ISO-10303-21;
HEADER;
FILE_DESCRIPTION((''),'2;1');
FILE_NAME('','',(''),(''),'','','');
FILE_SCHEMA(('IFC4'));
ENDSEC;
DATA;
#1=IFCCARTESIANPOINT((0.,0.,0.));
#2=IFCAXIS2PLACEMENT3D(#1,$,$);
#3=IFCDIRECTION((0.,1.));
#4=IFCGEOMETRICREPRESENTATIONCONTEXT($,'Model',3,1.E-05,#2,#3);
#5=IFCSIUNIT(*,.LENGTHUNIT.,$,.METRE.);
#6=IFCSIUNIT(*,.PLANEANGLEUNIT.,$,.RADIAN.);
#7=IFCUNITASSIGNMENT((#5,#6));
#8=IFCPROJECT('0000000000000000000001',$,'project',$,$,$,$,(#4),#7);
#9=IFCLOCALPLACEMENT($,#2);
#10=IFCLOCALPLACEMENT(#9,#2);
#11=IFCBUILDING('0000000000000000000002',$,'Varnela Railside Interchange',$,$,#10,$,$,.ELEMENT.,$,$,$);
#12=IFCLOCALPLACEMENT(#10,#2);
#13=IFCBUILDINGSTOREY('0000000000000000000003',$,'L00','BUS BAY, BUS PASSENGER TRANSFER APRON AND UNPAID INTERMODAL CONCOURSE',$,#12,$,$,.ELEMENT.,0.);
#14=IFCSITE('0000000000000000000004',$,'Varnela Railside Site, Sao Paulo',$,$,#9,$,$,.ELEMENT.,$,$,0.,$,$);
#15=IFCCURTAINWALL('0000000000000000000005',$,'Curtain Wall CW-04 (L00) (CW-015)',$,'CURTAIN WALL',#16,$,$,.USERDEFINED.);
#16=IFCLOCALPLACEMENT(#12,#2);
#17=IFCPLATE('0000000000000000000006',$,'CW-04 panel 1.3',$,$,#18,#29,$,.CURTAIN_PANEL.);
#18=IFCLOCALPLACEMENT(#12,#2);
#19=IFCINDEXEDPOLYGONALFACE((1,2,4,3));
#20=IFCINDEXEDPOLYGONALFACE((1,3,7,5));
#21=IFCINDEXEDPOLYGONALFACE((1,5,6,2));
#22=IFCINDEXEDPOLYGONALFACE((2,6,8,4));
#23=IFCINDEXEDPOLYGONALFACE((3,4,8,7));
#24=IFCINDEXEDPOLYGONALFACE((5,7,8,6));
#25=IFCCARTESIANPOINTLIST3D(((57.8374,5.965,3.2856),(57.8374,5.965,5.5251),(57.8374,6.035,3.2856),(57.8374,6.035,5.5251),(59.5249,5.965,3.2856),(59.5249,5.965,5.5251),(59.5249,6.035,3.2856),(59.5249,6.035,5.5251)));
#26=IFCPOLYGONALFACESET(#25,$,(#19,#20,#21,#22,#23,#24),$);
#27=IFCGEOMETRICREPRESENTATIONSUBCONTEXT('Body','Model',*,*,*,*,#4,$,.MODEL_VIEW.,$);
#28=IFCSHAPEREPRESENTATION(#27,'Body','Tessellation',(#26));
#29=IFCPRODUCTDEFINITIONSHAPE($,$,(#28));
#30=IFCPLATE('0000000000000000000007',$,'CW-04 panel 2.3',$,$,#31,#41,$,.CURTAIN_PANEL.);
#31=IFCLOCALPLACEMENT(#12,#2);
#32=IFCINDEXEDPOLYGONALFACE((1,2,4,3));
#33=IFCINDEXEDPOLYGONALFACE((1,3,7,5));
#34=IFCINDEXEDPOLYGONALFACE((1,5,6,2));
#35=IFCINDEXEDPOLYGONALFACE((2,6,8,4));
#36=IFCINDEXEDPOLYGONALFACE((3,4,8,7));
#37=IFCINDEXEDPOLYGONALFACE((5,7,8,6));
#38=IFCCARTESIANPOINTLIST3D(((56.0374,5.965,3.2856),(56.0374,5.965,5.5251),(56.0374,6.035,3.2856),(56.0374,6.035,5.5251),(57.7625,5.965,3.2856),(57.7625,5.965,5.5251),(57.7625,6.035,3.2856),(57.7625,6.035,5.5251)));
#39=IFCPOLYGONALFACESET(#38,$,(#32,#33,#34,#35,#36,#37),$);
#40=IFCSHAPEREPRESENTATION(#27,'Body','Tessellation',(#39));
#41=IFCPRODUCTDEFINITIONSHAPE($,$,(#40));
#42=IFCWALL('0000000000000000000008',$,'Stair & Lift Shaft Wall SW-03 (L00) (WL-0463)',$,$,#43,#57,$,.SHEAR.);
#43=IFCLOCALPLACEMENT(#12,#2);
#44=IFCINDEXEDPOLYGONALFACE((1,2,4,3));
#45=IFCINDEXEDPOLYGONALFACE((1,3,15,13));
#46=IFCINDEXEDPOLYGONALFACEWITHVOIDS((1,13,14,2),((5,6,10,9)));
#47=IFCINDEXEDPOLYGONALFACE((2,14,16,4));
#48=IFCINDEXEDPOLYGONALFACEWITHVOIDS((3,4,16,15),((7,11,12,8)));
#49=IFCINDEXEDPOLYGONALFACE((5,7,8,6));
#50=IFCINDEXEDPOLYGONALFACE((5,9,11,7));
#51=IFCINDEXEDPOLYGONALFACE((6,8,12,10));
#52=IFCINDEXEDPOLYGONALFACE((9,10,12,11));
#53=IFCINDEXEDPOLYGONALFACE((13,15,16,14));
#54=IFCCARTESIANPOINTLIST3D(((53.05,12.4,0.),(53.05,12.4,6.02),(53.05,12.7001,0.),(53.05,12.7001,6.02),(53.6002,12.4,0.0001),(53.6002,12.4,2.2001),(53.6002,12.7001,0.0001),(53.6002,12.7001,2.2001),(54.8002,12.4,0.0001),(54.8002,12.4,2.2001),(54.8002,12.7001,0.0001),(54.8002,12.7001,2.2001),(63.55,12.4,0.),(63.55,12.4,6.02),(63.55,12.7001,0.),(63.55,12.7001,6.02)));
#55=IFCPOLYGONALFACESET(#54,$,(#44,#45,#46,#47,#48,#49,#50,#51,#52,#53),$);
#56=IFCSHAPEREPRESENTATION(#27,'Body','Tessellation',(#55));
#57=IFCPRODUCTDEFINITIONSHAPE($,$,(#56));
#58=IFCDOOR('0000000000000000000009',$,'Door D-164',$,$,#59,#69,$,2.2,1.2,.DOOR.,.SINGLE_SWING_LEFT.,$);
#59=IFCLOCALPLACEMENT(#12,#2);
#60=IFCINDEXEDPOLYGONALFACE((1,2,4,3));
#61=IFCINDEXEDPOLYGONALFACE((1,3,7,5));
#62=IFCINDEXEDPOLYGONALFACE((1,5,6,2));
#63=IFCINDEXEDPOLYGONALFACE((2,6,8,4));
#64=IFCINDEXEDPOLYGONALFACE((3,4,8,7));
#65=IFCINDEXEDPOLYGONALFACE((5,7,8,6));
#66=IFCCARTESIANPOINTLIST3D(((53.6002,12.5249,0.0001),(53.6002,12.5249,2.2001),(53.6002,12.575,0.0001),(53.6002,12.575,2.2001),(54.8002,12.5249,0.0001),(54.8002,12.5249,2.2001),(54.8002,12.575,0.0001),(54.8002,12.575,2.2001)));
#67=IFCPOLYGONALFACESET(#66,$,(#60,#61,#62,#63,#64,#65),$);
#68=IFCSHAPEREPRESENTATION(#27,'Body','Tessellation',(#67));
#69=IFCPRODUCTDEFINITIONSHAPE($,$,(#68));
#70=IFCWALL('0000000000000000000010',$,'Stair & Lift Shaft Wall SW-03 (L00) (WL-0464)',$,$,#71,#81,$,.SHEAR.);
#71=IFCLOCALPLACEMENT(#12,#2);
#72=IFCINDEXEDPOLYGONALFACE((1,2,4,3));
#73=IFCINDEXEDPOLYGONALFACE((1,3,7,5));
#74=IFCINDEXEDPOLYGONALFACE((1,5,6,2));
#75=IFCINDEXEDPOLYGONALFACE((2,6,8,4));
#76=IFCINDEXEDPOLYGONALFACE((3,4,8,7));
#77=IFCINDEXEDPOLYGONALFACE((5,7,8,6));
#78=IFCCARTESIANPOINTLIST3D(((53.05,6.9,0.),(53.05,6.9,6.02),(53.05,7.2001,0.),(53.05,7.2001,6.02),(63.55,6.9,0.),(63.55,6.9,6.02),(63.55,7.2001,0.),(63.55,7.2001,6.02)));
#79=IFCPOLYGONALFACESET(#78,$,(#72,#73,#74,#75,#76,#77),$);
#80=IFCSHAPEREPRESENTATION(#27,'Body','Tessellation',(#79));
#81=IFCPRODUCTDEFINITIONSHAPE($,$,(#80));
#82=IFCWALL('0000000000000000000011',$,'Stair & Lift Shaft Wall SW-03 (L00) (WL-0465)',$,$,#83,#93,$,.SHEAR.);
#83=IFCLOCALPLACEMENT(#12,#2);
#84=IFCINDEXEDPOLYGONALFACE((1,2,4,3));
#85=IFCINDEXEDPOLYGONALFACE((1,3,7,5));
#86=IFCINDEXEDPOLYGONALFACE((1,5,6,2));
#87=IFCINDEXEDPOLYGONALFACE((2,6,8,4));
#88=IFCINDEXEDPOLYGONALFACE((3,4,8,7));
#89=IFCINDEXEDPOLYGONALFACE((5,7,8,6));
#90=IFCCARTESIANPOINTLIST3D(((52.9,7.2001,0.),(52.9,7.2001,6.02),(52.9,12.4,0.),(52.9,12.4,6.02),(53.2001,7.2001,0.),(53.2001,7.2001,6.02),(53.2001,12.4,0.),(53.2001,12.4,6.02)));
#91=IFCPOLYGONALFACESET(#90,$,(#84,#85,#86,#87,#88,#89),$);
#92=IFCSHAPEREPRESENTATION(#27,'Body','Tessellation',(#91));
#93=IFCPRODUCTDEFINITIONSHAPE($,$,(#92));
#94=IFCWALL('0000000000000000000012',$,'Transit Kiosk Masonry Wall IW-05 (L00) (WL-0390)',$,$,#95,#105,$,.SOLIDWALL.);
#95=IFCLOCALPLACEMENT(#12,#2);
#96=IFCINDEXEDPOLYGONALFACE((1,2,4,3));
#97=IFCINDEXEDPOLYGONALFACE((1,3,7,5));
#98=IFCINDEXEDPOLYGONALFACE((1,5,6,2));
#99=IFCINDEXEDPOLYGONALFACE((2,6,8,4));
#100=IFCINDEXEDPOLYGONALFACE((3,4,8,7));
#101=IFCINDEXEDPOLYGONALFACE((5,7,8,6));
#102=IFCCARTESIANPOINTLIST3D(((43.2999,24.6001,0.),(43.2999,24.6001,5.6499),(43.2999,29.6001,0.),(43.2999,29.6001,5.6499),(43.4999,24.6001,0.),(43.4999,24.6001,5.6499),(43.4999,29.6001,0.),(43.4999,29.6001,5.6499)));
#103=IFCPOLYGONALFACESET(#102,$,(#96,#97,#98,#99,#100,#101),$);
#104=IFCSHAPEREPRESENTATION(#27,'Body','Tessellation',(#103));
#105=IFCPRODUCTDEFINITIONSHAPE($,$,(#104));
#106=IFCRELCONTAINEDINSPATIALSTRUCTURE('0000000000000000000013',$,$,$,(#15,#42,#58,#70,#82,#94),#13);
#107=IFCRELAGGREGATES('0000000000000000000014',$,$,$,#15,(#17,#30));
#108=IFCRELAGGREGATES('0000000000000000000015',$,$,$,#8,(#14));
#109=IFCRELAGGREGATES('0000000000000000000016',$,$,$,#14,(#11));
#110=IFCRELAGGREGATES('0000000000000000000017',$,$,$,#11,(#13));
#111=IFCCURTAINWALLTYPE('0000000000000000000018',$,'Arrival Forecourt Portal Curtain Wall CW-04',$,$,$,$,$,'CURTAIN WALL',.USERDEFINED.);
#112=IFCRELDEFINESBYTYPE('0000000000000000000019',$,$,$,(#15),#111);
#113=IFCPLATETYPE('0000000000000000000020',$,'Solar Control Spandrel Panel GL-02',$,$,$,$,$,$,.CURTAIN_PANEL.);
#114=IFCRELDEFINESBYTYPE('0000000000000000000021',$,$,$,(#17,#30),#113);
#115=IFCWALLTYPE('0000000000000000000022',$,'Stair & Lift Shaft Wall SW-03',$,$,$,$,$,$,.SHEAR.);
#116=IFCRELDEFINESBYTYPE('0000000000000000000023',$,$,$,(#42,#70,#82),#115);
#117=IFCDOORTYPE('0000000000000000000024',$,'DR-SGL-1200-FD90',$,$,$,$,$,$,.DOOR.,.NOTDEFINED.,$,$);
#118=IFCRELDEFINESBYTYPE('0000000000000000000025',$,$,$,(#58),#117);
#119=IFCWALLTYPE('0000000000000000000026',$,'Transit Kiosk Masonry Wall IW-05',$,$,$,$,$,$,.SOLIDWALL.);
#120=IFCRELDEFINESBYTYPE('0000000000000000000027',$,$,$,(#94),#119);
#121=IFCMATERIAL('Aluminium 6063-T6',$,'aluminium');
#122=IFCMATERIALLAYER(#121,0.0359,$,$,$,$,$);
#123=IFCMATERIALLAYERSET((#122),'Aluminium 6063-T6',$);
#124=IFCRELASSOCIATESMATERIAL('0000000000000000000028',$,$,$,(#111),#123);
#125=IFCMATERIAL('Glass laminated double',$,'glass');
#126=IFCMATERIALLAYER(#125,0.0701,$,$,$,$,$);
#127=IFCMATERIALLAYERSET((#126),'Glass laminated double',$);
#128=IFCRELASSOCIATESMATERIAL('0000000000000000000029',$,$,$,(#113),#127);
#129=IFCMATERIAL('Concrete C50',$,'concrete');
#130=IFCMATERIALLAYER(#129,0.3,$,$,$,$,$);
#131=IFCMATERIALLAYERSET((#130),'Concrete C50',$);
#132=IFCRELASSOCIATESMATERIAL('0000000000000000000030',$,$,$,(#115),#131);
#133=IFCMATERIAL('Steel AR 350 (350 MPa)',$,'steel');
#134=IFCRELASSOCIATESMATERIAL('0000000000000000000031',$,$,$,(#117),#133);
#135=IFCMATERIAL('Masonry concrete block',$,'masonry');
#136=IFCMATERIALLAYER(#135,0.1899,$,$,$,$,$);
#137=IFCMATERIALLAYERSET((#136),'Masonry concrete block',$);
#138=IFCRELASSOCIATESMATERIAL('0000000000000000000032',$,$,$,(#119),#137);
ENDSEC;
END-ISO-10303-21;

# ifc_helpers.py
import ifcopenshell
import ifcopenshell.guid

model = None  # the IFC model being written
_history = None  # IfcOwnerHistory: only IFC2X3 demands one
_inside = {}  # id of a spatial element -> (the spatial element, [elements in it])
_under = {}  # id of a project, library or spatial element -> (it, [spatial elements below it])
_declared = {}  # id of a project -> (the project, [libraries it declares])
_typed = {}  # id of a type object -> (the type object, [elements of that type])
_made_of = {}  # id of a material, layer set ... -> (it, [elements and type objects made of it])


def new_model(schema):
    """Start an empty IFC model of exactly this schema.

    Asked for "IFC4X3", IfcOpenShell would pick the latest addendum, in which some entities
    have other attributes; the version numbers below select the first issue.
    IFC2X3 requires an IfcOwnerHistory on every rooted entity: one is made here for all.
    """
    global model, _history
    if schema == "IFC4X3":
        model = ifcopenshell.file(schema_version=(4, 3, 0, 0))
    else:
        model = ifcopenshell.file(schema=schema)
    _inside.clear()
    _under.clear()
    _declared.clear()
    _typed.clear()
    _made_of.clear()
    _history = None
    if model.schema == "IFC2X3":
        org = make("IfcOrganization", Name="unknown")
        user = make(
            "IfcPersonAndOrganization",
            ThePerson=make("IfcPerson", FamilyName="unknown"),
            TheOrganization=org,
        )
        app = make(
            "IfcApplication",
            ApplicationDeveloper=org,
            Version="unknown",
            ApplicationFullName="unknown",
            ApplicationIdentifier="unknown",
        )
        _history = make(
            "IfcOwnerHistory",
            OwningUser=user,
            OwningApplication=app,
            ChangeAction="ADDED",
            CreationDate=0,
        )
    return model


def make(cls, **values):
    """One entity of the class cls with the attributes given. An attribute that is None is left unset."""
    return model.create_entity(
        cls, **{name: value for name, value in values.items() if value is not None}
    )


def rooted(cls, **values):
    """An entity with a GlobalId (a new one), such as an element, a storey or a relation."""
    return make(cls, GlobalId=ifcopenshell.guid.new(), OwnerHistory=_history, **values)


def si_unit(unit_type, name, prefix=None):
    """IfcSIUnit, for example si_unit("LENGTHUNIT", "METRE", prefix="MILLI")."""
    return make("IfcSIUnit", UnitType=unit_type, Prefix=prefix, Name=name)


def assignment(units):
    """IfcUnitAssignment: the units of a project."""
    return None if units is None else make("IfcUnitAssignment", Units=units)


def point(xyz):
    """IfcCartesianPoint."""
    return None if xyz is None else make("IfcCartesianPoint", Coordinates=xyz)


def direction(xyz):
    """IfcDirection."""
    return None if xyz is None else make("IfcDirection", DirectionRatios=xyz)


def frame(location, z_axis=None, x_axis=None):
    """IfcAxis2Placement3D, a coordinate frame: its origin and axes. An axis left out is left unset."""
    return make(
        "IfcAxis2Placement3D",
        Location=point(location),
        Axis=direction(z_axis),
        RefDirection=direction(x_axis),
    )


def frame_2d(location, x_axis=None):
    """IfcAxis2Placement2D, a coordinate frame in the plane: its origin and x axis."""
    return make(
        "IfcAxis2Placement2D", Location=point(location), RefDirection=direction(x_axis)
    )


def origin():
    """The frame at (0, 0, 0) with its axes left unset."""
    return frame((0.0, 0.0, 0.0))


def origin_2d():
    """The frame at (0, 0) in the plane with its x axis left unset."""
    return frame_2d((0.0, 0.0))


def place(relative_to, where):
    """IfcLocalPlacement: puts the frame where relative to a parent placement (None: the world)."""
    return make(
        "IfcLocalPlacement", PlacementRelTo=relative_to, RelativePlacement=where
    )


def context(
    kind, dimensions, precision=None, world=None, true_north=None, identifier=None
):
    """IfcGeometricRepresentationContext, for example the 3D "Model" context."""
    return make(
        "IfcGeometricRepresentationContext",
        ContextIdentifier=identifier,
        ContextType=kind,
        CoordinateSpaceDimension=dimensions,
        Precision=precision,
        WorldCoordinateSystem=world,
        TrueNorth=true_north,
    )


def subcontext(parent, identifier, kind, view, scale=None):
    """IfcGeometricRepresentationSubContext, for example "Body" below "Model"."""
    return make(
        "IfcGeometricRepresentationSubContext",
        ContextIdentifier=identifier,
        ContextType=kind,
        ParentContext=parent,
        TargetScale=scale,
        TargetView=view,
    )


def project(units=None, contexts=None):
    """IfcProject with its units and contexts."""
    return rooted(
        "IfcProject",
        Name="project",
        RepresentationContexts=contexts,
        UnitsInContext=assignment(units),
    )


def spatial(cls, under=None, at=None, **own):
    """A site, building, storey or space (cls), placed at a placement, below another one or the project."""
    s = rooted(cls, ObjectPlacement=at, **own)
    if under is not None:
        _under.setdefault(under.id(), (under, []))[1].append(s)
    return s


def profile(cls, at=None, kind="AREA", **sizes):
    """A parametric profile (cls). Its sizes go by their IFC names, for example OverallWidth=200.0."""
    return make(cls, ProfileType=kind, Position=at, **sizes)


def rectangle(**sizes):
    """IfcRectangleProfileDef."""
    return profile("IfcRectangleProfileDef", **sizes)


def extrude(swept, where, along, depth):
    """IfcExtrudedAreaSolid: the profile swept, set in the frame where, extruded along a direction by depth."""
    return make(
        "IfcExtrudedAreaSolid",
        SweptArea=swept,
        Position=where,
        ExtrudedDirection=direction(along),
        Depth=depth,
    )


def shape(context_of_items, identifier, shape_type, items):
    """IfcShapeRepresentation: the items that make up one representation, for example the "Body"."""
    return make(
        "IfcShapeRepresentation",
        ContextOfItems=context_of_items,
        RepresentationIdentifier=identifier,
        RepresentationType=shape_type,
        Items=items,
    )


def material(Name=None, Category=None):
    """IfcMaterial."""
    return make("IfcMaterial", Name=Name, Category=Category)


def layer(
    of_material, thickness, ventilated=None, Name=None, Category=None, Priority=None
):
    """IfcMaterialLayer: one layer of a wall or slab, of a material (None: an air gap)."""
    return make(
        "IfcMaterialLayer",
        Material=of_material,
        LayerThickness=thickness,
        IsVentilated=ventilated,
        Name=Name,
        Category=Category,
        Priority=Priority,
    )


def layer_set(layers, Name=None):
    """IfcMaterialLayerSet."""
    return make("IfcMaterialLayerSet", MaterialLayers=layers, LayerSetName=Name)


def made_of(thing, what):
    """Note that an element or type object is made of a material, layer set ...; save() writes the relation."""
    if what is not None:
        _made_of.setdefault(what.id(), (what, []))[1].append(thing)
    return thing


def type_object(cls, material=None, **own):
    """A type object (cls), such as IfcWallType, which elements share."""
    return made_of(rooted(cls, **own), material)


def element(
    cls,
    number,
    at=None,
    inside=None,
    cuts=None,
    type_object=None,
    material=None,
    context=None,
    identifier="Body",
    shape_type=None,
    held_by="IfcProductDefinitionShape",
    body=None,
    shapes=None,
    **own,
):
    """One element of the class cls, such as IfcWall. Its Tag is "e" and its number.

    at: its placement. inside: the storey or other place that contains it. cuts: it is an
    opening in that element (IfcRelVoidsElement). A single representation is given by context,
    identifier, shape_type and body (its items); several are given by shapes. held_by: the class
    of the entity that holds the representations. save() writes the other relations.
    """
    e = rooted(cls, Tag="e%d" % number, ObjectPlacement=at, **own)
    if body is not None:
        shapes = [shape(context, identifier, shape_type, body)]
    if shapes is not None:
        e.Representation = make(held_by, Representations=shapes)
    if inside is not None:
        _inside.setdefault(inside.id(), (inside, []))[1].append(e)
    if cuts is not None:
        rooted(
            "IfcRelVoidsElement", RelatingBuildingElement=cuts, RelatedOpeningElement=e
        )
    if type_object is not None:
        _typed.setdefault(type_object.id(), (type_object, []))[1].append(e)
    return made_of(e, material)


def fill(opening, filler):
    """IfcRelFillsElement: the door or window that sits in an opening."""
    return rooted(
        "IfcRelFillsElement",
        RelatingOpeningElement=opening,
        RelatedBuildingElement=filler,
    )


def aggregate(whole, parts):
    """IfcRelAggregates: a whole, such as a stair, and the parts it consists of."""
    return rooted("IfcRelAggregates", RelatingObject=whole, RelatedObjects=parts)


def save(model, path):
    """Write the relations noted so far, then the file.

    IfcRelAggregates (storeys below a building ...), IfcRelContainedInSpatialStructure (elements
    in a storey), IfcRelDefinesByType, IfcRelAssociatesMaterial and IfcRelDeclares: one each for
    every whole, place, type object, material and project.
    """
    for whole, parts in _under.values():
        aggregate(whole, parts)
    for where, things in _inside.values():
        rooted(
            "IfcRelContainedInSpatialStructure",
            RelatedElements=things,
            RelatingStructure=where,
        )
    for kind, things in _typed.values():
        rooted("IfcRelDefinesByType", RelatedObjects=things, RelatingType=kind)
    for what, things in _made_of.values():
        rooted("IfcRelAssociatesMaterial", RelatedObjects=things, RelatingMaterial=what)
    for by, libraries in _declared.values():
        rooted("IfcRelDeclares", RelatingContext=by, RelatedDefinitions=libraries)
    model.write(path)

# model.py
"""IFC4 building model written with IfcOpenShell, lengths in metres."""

from ifc_helpers import new_model, si_unit, direction, frame, frame_2d, origin, origin_2d, place, context, subcontext, project, spatial, rectangle, extrude, material, layer, layer_set, type_object, element, fill, aggregate, save


model = new_model("IFC4")

# Units and contexts
model_context = context("Model", 3, precision=1e-05, world=origin(), true_north=direction((0.0, 1.0)))
body_context = subcontext(model_context, "Body", "Model", "MODEL_VIEW")
ifc_project = project(units=[si_unit("LENGTHUNIT", "METRE"), si_unit("PLANEANGLEUNIT", "RADIAN")], contexts=[model_context])

# Site, building, storey
site_placement = place(None, origin())
site = spatial("IfcSite", under=ifc_project, at=site_placement, Name="Varnela Railside Site, Sao Paulo", CompositionType="ELEMENT", RefElevation=0.0)
building_placement = place(site_placement, origin())
building = spatial("IfcBuilding", under=site, at=building_placement, Name="Varnela Railside Interchange", CompositionType="ELEMENT")
storey_placement = place(building_placement, origin())
storey = spatial("IfcBuildingStorey", under=building, at=storey_placement, Name="L00", Description="BUS BAY, BUS PASSENGER TRANSFER APRON AND UNPAID INTERMODAL CONCOURSE", CompositionType="ELEMENT", Elevation=0.0)

# Shared definitions
ifc_material_1 = material(Name="Concrete C50", Category="concrete")

# Shared definitions
ifc_material_2 = material(Name="Steel AR 350 (350 MPa)", Category="steel")

# Curtain wall
ifc_material_3 = material(Name="Aluminium 6063-T6", Category="aluminium")
ifc_layer_1 = layer(ifc_material_3, 0.0359)
ifc_layer_set_1 = layer_set([ifc_layer_1], Name="Aluminium 6063-T6")
curtain_wall_type = type_object("IfcCurtainWallType", Name="Arrival Forecourt Portal Curtain Wall CW-04", ElementType="CURTAIN WALL", PredefinedType="USERDEFINED", material=ifc_layer_set_1)
curtain_wall_placement = place(storey_placement, origin())
curtain_wall = element("IfcCurtainWall", 1, at=curtain_wall_placement, inside=storey, type_object=curtain_wall_type, Name="Curtain Wall CW-04 (L00) (CW-015)", ObjectType="CURTAIN WALL", PredefinedType="USERDEFINED")

# Plates
ifc_material_4 = material(Name="Glass laminated double", Category="glass")
ifc_layer_2 = layer(ifc_material_4, 0.0701)
ifc_layer_set_2 = layer_set([ifc_layer_2], Name="Glass laminated double")
plate_type = type_object("IfcPlateType", Name="Solar Control Spandrel Panel GL-02", PredefinedType="CURTAIN_PANEL", material=ifc_layer_set_2)
plate_1_placement = place(storey_placement, frame((58.6812, 6.0, 3.2856), z_axis=(0.0, 0.0, 1.0), x_axis=(-1.0, 0.0, 0.0)))
plate_1 = element("IfcPlate", 2, at=plate_1_placement, type_object=plate_type, Name="CW-04 panel 1.3", PredefinedType="CURTAIN_PANEL", context=body_context, shape_type="SweptSolid", body=[
    extrude(rectangle(XDim=1.6875, YDim=0.0701, at=origin_2d()), origin(), (0.0, 0.0, 1.0), 2.2395),
])
plate_2_placement = place(storey_placement, frame((56.8999, 6.0, 3.2856), z_axis=(0.0, 0.0, 1.0), x_axis=(-1.0, 0.0, 0.0)))
plate_2 = element("IfcPlate", 3, at=plate_2_placement, type_object=plate_type, Name="CW-04 panel 2.3", PredefinedType="CURTAIN_PANEL", context=body_context, shape_type="SweptSolid", body=[
    extrude(rectangle(XDim=1.7251, YDim=0.0701, at=origin_2d()), origin(), (0.0, 0.0, 1.0), 2.2395),
])
aggregate(curtain_wall, [plate_1, plate_2])

# Wall, opening, door
ifc_layer_3 = layer(ifc_material_1, 0.3)
ifc_layer_set_3 = layer_set([ifc_layer_3], Name="Concrete C50")
wall_type_1 = type_object("IfcWallType", Name="Stair & Lift Shaft Wall SW-03", PredefinedType="SHEAR", material=ifc_layer_set_3)
wall_1_placement = place(storey_placement, frame((53.05, 12.55, 0.0), z_axis=(0.0, 0.0, 1.0), x_axis=(1.0, 0.0, 0.0)))
wall_1 = element("IfcWall", 4, at=wall_1_placement, inside=storey, type_object=wall_type_1, Name="Stair & Lift Shaft Wall SW-03 (L00) (WL-0463)", PredefinedType="SHEAR", context=body_context, shape_type="SweptSolid", body=[
    extrude(rectangle(XDim=10.5, YDim=0.3, at=frame_2d((5.25, 0.0))), origin(), (0.0, 0.0, 1.0), 6.02),
])
opening_placement = place(wall_1_placement, frame((0.55, 0.0, 0.0)))
opening = element("IfcOpeningElement", 5, at=opening_placement, cuts=wall_1, PredefinedType="OPENING", context=body_context, shape_type="SweptSolid", body=[
    extrude(rectangle(XDim=1.2, YDim=2.2, at=frame_2d((0.6001, 1.1001))), frame((0.0, 0.1599, 0.0), z_axis=(0.0, -1.0, 0.0), x_axis=(1.0, 0.0, 0.0)), (0.0, 0.0, 1.0), 0.3201),
])
door_type = type_object("IfcDoorType", Name="DR-SGL-1200-FD90", OperationType="NOTDEFINED", PredefinedType="DOOR", material=ifc_material_2)
door_placement = place(opening_placement, origin())
door = element("IfcDoor", 6, at=door_placement, inside=storey, type_object=door_type, Name="Door D-164", OperationType="SINGLE_SWING_LEFT", OverallHeight=2.2, OverallWidth=1.2, PredefinedType="DOOR", context=body_context, shape_type="SweptSolid", body=[
    extrude(rectangle(XDim=1.2, YDim=2.2, at=frame_2d((0.6001, 1.1001))), frame((0.0, 0.0249, 0.0), z_axis=(0.0, -1.0, 0.0), x_axis=(1.0, 0.0, 0.0)), (0.0, 0.0, 1.0), 0.05),
])
fill(opening, door)

# Walls
wall_2_placement = place(storey_placement, frame((53.05, 7.05, 0.0), z_axis=(0.0, 0.0, 1.0), x_axis=(1.0, 0.0, 0.0)))
element("IfcWall", 7, at=wall_2_placement, inside=storey, type_object=wall_type_1, Name="Stair & Lift Shaft Wall SW-03 (L00) (WL-0464)", PredefinedType="SHEAR", context=body_context, shape_type="SweptSolid", body=[
    extrude(rectangle(XDim=10.5, YDim=0.3, at=frame_2d((5.25, 0.0))), origin(), (0.0, 0.0, 1.0), 6.02),
])
wall_3_placement = place(storey_placement, frame((53.05, 7.2, 0.0), z_axis=(0.0, 0.0, 1.0), x_axis=(0.0, 1.0, 0.0)))
element("IfcWall", 8, at=wall_3_placement, inside=storey, type_object=wall_type_1, Name="Stair & Lift Shaft Wall SW-03 (L00) (WL-0465)", PredefinedType="SHEAR", context=body_context, shape_type="SweptSolid", body=[
    extrude(rectangle(XDim=5.2, YDim=0.3, at=frame_2d((2.6001, 0.0))), origin(), (0.0, 0.0, 1.0), 6.02),
])
ifc_material_5 = material(Name="Masonry concrete block", Category="masonry")
ifc_layer_4 = layer(ifc_material_5, 0.1899)
ifc_layer_set_4 = layer_set([ifc_layer_4], Name="Masonry concrete block")
wall_type_2 = type_object("IfcWallType", Name="Transit Kiosk Masonry Wall IW-05", PredefinedType="SOLIDWALL", material=ifc_layer_set_4)
wall_4_placement = place(storey_placement, frame((43.3999, 24.6001, 0.0), z_axis=(0.0, 0.0, 1.0), x_axis=(0.0, 1.0, 0.0)))
element("IfcWall", 9, at=wall_4_placement, inside=storey, type_object=wall_type_2, Name="Transit Kiosk Masonry Wall IW-05 (L00) (WL-0390)", PredefinedType="SOLIDWALL", context=body_context, shape_type="SweptSolid", body=[
    extrude(rectangle(XDim=5.0, YDim=0.2, at=frame_2d((2.5, 0.0))), origin(), (0.0, 0.0, 1.0), 5.6499),
])

save(model, "model.ifc")
